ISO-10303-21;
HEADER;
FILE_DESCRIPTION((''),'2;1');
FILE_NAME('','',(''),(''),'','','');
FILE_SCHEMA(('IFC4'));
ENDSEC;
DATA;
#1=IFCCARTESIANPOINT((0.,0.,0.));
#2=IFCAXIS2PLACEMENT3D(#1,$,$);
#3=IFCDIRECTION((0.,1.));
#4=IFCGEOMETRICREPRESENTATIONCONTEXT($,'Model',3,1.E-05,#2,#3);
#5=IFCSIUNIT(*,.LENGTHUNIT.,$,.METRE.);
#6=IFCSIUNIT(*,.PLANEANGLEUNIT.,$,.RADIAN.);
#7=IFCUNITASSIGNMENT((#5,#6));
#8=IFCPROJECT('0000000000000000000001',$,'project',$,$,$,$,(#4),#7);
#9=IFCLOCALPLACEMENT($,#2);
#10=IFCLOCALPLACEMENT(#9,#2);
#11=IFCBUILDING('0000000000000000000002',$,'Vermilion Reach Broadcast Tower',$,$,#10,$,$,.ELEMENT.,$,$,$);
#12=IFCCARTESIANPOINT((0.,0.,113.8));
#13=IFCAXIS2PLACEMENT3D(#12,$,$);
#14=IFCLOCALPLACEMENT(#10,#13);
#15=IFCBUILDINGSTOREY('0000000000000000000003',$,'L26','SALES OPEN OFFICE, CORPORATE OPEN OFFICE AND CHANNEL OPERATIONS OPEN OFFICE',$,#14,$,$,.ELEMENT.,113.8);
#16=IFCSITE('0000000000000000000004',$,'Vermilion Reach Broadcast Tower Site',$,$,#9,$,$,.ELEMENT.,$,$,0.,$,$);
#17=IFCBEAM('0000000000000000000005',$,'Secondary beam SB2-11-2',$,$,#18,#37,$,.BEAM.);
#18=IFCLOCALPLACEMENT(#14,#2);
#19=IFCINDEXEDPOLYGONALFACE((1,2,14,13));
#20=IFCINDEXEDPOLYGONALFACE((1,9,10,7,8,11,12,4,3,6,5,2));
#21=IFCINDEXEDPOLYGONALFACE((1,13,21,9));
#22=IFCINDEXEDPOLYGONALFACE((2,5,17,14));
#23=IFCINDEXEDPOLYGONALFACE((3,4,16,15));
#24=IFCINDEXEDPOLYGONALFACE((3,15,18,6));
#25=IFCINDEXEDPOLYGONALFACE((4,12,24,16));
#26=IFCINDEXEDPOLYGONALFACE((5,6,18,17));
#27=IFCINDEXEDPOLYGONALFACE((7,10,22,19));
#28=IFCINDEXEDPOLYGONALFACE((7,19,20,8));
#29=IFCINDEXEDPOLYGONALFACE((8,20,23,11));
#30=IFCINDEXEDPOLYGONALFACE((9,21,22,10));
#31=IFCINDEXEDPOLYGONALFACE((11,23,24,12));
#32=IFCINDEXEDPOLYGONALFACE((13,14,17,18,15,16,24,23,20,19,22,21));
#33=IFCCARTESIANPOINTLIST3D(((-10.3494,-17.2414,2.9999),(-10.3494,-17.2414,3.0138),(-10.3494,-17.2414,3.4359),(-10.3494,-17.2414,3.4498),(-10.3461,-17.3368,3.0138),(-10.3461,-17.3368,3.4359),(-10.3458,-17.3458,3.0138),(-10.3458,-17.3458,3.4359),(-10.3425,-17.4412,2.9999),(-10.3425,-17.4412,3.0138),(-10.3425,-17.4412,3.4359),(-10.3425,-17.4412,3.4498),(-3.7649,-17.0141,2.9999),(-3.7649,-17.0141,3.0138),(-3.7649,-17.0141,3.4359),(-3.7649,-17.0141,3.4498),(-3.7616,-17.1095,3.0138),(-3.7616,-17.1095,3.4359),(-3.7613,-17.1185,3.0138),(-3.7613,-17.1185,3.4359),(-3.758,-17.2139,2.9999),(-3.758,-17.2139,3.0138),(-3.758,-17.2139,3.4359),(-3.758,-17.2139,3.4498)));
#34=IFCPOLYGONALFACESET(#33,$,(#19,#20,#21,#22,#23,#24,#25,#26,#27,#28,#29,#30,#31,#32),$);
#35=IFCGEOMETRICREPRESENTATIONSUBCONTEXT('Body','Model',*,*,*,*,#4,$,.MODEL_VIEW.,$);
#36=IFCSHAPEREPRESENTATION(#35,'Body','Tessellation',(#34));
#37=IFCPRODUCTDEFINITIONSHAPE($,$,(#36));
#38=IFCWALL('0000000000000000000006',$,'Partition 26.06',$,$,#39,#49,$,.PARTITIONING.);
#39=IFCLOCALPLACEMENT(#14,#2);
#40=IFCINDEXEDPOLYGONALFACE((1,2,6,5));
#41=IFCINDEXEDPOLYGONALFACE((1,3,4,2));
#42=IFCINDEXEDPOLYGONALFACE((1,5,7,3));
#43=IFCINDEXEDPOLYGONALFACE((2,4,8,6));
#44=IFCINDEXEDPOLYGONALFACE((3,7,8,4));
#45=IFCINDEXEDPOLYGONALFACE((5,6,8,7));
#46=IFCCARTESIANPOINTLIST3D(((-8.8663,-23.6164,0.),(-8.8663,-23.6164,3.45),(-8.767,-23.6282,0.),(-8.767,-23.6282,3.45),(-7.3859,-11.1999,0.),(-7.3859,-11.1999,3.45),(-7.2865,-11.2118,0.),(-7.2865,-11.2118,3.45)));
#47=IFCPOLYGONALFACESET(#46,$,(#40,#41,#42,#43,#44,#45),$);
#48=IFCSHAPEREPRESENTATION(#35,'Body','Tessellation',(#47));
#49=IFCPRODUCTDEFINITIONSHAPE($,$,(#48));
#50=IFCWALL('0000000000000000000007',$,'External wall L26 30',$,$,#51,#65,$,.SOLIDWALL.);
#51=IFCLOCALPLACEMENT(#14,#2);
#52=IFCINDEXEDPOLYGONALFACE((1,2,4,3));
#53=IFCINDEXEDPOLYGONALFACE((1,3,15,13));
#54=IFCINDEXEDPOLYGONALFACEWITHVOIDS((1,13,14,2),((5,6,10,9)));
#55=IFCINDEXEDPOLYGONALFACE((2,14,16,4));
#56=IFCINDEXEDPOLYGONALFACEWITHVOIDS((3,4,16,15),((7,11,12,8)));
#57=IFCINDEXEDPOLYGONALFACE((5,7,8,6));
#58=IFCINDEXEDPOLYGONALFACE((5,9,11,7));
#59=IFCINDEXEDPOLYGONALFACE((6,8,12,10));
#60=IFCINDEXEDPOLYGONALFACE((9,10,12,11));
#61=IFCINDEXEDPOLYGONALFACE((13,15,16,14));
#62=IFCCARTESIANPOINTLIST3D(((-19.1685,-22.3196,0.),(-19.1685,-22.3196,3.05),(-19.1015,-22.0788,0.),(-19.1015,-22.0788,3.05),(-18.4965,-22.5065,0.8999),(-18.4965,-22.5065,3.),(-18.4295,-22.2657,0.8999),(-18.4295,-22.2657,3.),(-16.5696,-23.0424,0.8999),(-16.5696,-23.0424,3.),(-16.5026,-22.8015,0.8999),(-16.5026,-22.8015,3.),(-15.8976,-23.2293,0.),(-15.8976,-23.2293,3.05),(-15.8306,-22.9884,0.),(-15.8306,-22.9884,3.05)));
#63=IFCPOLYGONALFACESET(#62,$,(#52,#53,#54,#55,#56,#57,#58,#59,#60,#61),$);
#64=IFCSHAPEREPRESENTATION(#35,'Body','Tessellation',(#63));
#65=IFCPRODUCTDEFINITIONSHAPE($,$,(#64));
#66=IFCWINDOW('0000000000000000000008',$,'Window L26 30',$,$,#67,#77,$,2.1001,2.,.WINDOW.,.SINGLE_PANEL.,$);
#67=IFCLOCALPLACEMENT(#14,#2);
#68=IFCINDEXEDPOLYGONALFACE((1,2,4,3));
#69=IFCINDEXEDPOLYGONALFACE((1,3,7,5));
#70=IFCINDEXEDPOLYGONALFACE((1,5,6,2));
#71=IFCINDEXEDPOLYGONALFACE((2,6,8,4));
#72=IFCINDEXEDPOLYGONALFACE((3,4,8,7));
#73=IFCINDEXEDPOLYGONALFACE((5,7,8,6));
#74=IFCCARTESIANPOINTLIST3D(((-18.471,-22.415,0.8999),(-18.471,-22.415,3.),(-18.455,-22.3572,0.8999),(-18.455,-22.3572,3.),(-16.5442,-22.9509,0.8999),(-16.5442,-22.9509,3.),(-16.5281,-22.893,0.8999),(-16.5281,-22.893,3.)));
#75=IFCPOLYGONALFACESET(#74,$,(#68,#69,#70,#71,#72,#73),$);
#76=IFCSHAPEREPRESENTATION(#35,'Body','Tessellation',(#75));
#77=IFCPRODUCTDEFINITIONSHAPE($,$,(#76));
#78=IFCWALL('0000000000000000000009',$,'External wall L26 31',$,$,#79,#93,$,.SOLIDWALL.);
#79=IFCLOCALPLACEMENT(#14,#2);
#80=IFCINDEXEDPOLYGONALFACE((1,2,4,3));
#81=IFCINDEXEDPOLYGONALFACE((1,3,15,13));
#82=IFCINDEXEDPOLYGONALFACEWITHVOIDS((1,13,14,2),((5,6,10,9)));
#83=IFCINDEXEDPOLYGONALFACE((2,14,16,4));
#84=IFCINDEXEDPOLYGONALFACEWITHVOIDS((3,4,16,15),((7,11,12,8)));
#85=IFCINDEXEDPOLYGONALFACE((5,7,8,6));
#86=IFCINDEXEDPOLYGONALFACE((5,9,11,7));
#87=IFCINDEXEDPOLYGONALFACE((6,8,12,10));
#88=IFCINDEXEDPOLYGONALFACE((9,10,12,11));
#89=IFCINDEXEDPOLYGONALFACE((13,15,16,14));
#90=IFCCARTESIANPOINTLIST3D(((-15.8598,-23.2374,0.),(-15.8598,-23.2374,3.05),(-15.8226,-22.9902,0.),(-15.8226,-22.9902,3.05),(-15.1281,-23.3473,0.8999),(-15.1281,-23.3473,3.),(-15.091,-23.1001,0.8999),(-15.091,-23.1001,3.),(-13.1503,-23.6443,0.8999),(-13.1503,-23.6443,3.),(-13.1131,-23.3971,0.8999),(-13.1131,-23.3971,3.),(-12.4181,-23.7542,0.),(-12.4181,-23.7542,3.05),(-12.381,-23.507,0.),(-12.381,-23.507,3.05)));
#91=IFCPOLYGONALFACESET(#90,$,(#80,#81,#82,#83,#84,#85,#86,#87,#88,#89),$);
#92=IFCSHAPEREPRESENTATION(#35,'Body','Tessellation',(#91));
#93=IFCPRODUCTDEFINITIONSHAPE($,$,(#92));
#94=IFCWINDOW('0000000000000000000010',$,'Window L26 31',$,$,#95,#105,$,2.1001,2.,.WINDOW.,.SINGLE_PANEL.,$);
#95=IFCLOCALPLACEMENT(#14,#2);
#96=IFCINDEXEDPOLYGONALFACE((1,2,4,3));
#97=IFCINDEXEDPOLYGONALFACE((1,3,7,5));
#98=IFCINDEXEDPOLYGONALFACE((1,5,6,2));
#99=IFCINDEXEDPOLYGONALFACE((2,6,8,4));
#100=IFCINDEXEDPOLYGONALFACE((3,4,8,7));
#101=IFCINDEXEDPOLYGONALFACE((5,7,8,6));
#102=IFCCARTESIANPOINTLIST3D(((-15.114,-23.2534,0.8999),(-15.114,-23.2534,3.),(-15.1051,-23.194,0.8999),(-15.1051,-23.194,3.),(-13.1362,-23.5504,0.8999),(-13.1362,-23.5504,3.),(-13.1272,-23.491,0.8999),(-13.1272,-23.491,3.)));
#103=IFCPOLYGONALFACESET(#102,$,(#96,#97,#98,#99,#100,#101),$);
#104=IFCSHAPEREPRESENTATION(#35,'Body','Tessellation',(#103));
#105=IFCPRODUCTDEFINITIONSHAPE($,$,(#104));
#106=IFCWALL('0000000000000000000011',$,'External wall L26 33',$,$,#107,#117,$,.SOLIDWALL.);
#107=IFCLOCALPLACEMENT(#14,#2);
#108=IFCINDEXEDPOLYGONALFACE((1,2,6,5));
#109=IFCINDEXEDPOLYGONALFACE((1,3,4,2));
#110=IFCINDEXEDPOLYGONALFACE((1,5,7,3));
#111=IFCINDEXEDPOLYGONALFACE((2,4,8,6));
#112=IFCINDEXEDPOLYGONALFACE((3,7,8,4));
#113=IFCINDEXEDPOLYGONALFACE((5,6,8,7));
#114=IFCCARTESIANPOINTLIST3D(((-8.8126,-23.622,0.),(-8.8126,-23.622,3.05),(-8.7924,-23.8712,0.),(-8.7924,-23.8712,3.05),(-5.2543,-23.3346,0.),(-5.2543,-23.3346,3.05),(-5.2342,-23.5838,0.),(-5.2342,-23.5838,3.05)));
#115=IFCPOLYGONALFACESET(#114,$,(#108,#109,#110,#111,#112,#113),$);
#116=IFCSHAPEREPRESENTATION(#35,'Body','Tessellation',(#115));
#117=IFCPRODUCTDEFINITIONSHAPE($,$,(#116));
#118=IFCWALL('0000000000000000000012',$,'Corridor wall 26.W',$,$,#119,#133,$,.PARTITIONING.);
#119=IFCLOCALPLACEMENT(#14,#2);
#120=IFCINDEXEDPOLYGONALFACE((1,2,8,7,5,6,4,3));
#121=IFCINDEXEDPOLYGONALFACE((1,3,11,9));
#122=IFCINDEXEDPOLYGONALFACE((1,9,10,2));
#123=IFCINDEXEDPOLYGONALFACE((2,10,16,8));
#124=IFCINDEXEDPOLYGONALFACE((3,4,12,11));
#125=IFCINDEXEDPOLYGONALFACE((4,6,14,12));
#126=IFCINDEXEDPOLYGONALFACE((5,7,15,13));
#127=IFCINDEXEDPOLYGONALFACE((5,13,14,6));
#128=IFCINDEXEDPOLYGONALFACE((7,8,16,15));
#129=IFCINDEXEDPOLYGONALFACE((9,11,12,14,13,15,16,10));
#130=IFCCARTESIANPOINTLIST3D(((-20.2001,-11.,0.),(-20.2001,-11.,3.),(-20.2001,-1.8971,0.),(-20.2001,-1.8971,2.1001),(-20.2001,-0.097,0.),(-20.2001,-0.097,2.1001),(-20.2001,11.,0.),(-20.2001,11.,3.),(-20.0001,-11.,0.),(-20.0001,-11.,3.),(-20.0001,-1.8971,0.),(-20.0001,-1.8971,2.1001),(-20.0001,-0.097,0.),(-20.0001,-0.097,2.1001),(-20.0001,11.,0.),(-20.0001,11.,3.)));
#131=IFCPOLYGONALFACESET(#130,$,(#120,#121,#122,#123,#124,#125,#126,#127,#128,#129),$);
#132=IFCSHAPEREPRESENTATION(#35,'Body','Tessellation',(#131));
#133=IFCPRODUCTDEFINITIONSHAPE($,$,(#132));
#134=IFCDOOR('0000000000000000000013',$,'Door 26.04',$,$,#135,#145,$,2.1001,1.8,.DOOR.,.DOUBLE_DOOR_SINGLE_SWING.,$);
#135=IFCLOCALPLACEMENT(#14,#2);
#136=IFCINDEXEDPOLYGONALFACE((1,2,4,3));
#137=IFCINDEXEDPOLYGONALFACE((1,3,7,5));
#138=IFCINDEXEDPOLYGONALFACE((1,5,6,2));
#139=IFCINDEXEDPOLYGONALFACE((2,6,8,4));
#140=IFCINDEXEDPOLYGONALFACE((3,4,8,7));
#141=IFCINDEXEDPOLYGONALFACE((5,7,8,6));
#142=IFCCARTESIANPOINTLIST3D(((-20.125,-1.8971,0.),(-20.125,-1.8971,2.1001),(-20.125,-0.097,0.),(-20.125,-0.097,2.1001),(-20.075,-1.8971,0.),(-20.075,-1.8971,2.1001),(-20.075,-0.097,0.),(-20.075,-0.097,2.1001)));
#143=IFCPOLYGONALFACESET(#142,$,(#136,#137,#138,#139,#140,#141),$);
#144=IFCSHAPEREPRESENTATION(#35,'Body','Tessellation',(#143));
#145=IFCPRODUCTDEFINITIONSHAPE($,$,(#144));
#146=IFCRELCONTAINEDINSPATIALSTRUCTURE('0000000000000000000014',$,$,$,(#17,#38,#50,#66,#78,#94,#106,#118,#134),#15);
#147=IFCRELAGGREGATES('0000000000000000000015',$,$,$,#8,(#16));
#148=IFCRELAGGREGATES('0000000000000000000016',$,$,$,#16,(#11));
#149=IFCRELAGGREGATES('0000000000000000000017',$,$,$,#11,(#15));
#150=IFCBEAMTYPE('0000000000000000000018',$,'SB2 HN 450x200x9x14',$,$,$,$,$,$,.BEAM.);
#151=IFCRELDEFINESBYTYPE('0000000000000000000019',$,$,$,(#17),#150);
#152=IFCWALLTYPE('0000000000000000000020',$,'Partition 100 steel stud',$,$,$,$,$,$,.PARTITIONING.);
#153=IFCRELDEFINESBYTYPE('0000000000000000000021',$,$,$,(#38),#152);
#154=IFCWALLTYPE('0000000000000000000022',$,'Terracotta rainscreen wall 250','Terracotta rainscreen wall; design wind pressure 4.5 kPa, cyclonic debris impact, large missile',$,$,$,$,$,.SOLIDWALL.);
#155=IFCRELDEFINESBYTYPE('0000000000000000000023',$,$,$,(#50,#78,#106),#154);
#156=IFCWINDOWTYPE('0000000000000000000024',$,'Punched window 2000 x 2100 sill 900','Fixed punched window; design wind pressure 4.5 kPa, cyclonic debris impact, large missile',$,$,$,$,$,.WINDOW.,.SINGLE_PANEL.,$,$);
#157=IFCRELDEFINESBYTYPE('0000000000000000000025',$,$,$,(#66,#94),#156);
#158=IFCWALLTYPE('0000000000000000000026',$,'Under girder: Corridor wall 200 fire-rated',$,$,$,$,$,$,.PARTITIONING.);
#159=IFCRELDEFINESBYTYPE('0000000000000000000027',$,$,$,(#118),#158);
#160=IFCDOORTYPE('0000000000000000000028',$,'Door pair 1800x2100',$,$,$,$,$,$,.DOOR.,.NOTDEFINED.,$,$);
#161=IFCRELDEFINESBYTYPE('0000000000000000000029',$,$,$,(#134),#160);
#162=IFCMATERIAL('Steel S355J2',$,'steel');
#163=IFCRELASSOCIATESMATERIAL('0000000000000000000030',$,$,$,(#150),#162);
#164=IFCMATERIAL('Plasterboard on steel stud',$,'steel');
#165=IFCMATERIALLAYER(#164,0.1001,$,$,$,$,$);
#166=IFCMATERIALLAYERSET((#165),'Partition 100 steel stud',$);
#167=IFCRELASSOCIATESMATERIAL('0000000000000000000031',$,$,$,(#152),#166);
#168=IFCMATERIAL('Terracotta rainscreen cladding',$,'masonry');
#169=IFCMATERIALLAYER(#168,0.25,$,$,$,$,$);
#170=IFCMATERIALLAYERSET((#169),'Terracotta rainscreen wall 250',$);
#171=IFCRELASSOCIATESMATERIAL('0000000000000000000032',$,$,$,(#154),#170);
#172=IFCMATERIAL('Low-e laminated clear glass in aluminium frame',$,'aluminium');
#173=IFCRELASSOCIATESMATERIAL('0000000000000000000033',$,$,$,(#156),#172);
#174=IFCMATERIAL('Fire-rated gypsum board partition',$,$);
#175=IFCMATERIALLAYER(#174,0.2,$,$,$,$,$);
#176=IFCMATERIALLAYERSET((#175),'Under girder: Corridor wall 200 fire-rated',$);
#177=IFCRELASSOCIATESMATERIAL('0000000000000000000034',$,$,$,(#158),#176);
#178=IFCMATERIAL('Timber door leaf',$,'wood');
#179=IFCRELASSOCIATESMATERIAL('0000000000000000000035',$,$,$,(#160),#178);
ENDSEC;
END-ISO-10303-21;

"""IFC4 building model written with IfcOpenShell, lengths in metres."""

from ifc_helpers import new_model, si_unit, direction, frame, frame_2d, origin, origin_2d, place, context, subcontext, project, spatial, rectangle, i_section, extrude, material, layer, layer_set, material_profile, profile_set, type_object, element, fill, save


model = new_model("IFC4")

# Units and contexts
model_context = context("Model", 3, precision=1e-05, world=origin(), true_north=direction((0.0, 1.0)))
body_context = subcontext(model_context, "Body", "Model", "MODEL_VIEW")
ifc_project = project(units=[si_unit("LENGTHUNIT", "METRE"), si_unit("PLANEANGLEUNIT", "RADIAN")], contexts=[model_context])

# Site, building, storey
site_placement = place(None, origin())
site = spatial("IfcSite", under=ifc_project, at=site_placement, Name="Vermilion Reach Broadcast Tower Site", CompositionType="ELEMENT", RefElevation=0.0)
building_placement = place(site_placement, origin())
building = spatial("IfcBuilding", under=site, at=building_placement, Name="Vermilion Reach Broadcast Tower", CompositionType="ELEMENT")
storey_placement = place(building_placement, frame((0.0, 0.0, 113.8)))
storey = spatial("IfcBuildingStorey", under=building, at=storey_placement, Name="L26", Description="SALES OPEN OFFICE, CORPORATE OPEN OFFICE AND CHANNEL OPERATIONS OPEN OFFICE", CompositionType="ELEMENT", Elevation=113.8)

# Beam
ifc_material_1 = material(Name="Steel S355J2", Category="steel")
ifc_material_profile_1 = material_profile(ifc_material_1, i_section(OverallWidth=0.2, OverallDepth=0.45, WebThickness=0.009, FlangeThickness=0.0139, at=origin_2d()), Name="S355J2 HN 450x200x9x14")
ifc_profile_set_1 = profile_set([ifc_material_profile_1], Name="Steel S355J2")
beam_type_1 = type_object("IfcBeamType", Name="SB2 HN 450x200x9x14", PredefinedType="BEAM", material=ifc_profile_set_1)
beam_1_placement = place(storey_placement, frame((-10.3459, -17.3413, 3.2249), z_axis=(0.999405, 0.034499, 0.0), x_axis=(-0.034499, 0.999405, 0.0)))
element("IfcBeam", 1, at=beam_1_placement, inside=storey, type_object=beam_type_1, Name="Secondary beam SB2-11-2", PredefinedType="BEAM", context=body_context, shape_type="SweptSolid", body=[
    extrude(i_section(OverallWidth=0.2, OverallDepth=0.45, WebThickness=0.009, FlangeThickness=0.0139, at=origin_2d()), origin(), (0.0, 0.0, 1.0), 6.5884),
])

# Wall
ifc_material_2 = material(Name="Plasterboard on steel stud", Category="steel")
ifc_layer_1 = layer(ifc_material_2, 0.1001)
ifc_layer_set_1 = layer_set([ifc_layer_1], Name="Partition 100 steel stud")
wall_type_1 = type_object("IfcWallType", Name="Partition 100 steel stud", PredefinedType="PARTITIONING", material=ifc_layer_set_1)
wall_1_placement = place(storey_placement, frame((-8.8167, -23.6223, 0.0), z_axis=(0.0, 0.0, 1.0), x_axis=(0.118395, 0.992967, 0.0)))
element("IfcWall", 2, at=wall_1_placement, inside=storey, type_object=wall_type_1, Name="Partition 26.06", PredefinedType="PARTITIONING", context=body_context, shape_type="SweptSolid", body=[
    extrude(rectangle(XDim=12.5044, YDim=0.1001, at=frame_2d((6.2522, 0.0))), origin(), (0.0, 0.0, 1.0), 3.45),
])

# Walls, openings, windows
ifc_material_3 = material(Name="Terracotta rainscreen cladding", Category="masonry")
ifc_layer_2 = layer(ifc_material_3, 0.25)
ifc_layer_set_2 = layer_set([ifc_layer_2], Name="Terracotta rainscreen wall 250")
wall_type_2 = type_object("IfcWallType", Name="Terracotta rainscreen wall 250", Description="Terracotta rainscreen wall; design wind pressure 4.5 kPa, cyclonic debris impact, large missile", PredefinedType="SOLIDWALL", material=ifc_layer_set_2)
wall_2_placement = place(storey_placement, frame((-19.135, -22.1992, 0.0), z_axis=(0.0, 0.0, 1.0), x_axis=(0.963438, -0.267933, 0.0)))
wall_2 = element("IfcWall", 3, at=wall_2_placement, inside=storey, type_object=wall_type_2, Name="External wall L26 30", PredefinedType="SOLIDWALL", context=body_context, shape_type="SweptSolid", body=[
    extrude(rectangle(XDim=3.395, YDim=0.25, at=frame_2d((1.6975, 0.0))), origin(), (0.0, 0.0, 1.0), 3.05),
])
opening_1_placement = place(wall_2_placement, frame((0.6975, 0.0, 0.8999)))
opening_1 = element("IfcOpeningElement", 4, at=opening_1_placement, cuts=wall_2, PredefinedType="OPENING", context=body_context, shape_type="SweptSolid", body=[
    extrude(rectangle(XDim=2.0, YDim=2.1001, at=frame_2d((1.0, 1.05))), frame((0.0, 0.135, 0.0), z_axis=(0.0, -1.0, 0.0), x_axis=(1.0, 0.0, 0.0)), (0.0, 0.0, 1.0), 0.27),
])
ifc_material_4 = material(Name="Low-e laminated clear glass in aluminium frame", Category="aluminium")
window_type = type_object("IfcWindowType", Name="Punched window 2000 x 2100 sill 900", Description="Fixed punched window; design wind pressure 4.5 kPa, cyclonic debris impact, large missile", PartitioningType="SINGLE_PANEL", PredefinedType="WINDOW", material=ifc_material_4)
window_1_placement = place(opening_1_placement, origin())
window_1 = element("IfcWindow", 5, at=window_1_placement, inside=storey, type_object=window_type, Name="Window L26 30", OverallHeight=2.1001, OverallWidth=2.0, PartitioningType="SINGLE_PANEL", PredefinedType="WINDOW", context=body_context, shape_type="SweptSolid", body=[
    extrude(rectangle(XDim=2.0, YDim=2.1001, at=frame_2d((1.0, 1.05))), frame((0.0, 0.03, 0.0), z_axis=(0.0, -1.0, 0.0), x_axis=(1.0, 0.0, 0.0)), (0.0, 0.0, 1.0), 0.0601),
])
fill(opening_1, window_1)
wall_3_placement = place(storey_placement, frame((-15.8413, -23.1138, 0.0), z_axis=(0.0, 0.0, 1.0), x_axis=(0.988911, -0.148509, 0.0)))
wall_3 = element("IfcWall", 6, at=wall_3_placement, inside=storey, type_object=wall_type_2, Name="External wall L26 31", PredefinedType="SOLIDWALL", context=body_context, shape_type="SweptSolid", body=[
    extrude(rectangle(XDim=3.4802, YDim=0.25, at=frame_2d((1.7402, 0.0))), origin(), (0.0, 0.0, 1.0), 3.05),
])
opening_2_placement = place(wall_3_placement, frame((0.74, 0.0, 0.8999)))
opening_2 = element("IfcOpeningElement", 7, at=opening_2_placement, cuts=wall_3, PredefinedType="OPENING", context=body_context, shape_type="SweptSolid", body=[
    extrude(rectangle(XDim=2.0, YDim=2.1001, at=frame_2d((1.0, 1.05))), frame((0.0, 0.135, 0.0), z_axis=(0.0, -1.0, 0.0), x_axis=(1.0, 0.0, 0.0)), (0.0, 0.0, 1.0), 0.27),
])
window_2_placement = place(opening_2_placement, origin())
window_2 = element("IfcWindow", 8, at=window_2_placement, inside=storey, type_object=window_type, Name="Window L26 31", OverallHeight=2.1001, OverallWidth=2.0, PartitioningType="SINGLE_PANEL", PredefinedType="WINDOW", context=body_context, shape_type="SweptSolid", body=[
    extrude(rectangle(XDim=2.0, YDim=2.1001, at=frame_2d((1.0, 1.05))), frame((0.0, 0.03, 0.0), z_axis=(0.0, -1.0, 0.0), x_axis=(1.0, 0.0, 0.0)), (0.0, 0.0, 1.0), 0.0601),
])
fill(opening_2, window_2)

# Wall
wall_4_placement = place(storey_placement, frame((-8.8025, -23.7466, 0.0), z_axis=(0.0, 0.0, 1.0), x_axis=(0.996755, 0.080493, 0.0)))
element("IfcWall", 9, at=wall_4_placement, inside=storey, type_object=wall_type_2, Name="External wall L26 33", PredefinedType="SOLIDWALL", context=body_context, shape_type="SweptSolid", body=[
    extrude(rectangle(XDim=3.5698, YDim=0.25, at=frame_2d((1.7849, 0.0))), origin(), (0.0, 0.0, 1.0), 3.05),
])

# Wall, opening, door
ifc_material_5 = material(Name="Fire-rated gypsum board partition")
ifc_layer_3 = layer(ifc_material_5, 0.2)
ifc_layer_set_3 = layer_set([ifc_layer_3], Name="Under girder: Corridor wall 200 fire-rated")
wall_type_3 = type_object("IfcWallType", Name="Under girder: Corridor wall 200 fire-rated", PredefinedType="PARTITIONING", material=ifc_layer_set_3)
wall_5_placement = place(storey_placement, frame((-20.1001, -11.0, 0.0), z_axis=(0.0, 0.0, 1.0), x_axis=(0.0, 1.0, 0.0)))
wall_5 = element("IfcWall", 10, at=wall_5_placement, inside=storey, type_object=wall_type_3, Name="Corridor wall 26.W", PredefinedType="PARTITIONING", context=body_context, shape_type="SweptSolid", body=[
    extrude(rectangle(XDim=22.0, YDim=0.2, at=frame_2d((11.0, 0.0))), origin(), (0.0, 0.0, 1.0), 3.0),
])
opening_3_placement = place(wall_5_placement, frame((9.103, 0.0, 0.0)))
opening_3 = element("IfcOpeningElement", 11, at=opening_3_placement, cuts=wall_5, PredefinedType="OPENING", context=body_context, shape_type="SweptSolid", body=[
    extrude(rectangle(XDim=1.8, YDim=2.1001, at=frame_2d((0.8999, 1.05))), frame((0.0, 0.1099, 0.0), z_axis=(0.0, -1.0, 0.0), x_axis=(1.0, 0.0, 0.0)), (0.0, 0.0, 1.0), 0.22),
])
ifc_material_6 = material(Name="Timber door leaf", Category="wood")
door_type_1 = type_object("IfcDoorType", Name="Door pair 1800x2100", OperationType="NOTDEFINED", PredefinedType="DOOR", material=ifc_material_6)
door_1_placement = place(opening_3_placement, origin())
door_1 = element("IfcDoor", 12, at=door_1_placement, inside=storey, type_object=door_type_1, Name="Door 26.04", OperationType="DOUBLE_DOOR_SINGLE_SWING", OverallHeight=2.1001, OverallWidth=1.8, PredefinedType="DOOR", context=body_context, shape_type="SweptSolid", body=[
    extrude(rectangle(XDim=1.8, YDim=2.1001, at=frame_2d((0.8999, 1.05))), frame((0.0, 0.0249, 0.0), z_axis=(0.0, -1.0, 0.0), x_axis=(1.0, 0.0, 0.0)), (0.0, 0.0, 1.0), 0.05),
])
fill(opening_3, door_1)

save(model, "model.ifc")
